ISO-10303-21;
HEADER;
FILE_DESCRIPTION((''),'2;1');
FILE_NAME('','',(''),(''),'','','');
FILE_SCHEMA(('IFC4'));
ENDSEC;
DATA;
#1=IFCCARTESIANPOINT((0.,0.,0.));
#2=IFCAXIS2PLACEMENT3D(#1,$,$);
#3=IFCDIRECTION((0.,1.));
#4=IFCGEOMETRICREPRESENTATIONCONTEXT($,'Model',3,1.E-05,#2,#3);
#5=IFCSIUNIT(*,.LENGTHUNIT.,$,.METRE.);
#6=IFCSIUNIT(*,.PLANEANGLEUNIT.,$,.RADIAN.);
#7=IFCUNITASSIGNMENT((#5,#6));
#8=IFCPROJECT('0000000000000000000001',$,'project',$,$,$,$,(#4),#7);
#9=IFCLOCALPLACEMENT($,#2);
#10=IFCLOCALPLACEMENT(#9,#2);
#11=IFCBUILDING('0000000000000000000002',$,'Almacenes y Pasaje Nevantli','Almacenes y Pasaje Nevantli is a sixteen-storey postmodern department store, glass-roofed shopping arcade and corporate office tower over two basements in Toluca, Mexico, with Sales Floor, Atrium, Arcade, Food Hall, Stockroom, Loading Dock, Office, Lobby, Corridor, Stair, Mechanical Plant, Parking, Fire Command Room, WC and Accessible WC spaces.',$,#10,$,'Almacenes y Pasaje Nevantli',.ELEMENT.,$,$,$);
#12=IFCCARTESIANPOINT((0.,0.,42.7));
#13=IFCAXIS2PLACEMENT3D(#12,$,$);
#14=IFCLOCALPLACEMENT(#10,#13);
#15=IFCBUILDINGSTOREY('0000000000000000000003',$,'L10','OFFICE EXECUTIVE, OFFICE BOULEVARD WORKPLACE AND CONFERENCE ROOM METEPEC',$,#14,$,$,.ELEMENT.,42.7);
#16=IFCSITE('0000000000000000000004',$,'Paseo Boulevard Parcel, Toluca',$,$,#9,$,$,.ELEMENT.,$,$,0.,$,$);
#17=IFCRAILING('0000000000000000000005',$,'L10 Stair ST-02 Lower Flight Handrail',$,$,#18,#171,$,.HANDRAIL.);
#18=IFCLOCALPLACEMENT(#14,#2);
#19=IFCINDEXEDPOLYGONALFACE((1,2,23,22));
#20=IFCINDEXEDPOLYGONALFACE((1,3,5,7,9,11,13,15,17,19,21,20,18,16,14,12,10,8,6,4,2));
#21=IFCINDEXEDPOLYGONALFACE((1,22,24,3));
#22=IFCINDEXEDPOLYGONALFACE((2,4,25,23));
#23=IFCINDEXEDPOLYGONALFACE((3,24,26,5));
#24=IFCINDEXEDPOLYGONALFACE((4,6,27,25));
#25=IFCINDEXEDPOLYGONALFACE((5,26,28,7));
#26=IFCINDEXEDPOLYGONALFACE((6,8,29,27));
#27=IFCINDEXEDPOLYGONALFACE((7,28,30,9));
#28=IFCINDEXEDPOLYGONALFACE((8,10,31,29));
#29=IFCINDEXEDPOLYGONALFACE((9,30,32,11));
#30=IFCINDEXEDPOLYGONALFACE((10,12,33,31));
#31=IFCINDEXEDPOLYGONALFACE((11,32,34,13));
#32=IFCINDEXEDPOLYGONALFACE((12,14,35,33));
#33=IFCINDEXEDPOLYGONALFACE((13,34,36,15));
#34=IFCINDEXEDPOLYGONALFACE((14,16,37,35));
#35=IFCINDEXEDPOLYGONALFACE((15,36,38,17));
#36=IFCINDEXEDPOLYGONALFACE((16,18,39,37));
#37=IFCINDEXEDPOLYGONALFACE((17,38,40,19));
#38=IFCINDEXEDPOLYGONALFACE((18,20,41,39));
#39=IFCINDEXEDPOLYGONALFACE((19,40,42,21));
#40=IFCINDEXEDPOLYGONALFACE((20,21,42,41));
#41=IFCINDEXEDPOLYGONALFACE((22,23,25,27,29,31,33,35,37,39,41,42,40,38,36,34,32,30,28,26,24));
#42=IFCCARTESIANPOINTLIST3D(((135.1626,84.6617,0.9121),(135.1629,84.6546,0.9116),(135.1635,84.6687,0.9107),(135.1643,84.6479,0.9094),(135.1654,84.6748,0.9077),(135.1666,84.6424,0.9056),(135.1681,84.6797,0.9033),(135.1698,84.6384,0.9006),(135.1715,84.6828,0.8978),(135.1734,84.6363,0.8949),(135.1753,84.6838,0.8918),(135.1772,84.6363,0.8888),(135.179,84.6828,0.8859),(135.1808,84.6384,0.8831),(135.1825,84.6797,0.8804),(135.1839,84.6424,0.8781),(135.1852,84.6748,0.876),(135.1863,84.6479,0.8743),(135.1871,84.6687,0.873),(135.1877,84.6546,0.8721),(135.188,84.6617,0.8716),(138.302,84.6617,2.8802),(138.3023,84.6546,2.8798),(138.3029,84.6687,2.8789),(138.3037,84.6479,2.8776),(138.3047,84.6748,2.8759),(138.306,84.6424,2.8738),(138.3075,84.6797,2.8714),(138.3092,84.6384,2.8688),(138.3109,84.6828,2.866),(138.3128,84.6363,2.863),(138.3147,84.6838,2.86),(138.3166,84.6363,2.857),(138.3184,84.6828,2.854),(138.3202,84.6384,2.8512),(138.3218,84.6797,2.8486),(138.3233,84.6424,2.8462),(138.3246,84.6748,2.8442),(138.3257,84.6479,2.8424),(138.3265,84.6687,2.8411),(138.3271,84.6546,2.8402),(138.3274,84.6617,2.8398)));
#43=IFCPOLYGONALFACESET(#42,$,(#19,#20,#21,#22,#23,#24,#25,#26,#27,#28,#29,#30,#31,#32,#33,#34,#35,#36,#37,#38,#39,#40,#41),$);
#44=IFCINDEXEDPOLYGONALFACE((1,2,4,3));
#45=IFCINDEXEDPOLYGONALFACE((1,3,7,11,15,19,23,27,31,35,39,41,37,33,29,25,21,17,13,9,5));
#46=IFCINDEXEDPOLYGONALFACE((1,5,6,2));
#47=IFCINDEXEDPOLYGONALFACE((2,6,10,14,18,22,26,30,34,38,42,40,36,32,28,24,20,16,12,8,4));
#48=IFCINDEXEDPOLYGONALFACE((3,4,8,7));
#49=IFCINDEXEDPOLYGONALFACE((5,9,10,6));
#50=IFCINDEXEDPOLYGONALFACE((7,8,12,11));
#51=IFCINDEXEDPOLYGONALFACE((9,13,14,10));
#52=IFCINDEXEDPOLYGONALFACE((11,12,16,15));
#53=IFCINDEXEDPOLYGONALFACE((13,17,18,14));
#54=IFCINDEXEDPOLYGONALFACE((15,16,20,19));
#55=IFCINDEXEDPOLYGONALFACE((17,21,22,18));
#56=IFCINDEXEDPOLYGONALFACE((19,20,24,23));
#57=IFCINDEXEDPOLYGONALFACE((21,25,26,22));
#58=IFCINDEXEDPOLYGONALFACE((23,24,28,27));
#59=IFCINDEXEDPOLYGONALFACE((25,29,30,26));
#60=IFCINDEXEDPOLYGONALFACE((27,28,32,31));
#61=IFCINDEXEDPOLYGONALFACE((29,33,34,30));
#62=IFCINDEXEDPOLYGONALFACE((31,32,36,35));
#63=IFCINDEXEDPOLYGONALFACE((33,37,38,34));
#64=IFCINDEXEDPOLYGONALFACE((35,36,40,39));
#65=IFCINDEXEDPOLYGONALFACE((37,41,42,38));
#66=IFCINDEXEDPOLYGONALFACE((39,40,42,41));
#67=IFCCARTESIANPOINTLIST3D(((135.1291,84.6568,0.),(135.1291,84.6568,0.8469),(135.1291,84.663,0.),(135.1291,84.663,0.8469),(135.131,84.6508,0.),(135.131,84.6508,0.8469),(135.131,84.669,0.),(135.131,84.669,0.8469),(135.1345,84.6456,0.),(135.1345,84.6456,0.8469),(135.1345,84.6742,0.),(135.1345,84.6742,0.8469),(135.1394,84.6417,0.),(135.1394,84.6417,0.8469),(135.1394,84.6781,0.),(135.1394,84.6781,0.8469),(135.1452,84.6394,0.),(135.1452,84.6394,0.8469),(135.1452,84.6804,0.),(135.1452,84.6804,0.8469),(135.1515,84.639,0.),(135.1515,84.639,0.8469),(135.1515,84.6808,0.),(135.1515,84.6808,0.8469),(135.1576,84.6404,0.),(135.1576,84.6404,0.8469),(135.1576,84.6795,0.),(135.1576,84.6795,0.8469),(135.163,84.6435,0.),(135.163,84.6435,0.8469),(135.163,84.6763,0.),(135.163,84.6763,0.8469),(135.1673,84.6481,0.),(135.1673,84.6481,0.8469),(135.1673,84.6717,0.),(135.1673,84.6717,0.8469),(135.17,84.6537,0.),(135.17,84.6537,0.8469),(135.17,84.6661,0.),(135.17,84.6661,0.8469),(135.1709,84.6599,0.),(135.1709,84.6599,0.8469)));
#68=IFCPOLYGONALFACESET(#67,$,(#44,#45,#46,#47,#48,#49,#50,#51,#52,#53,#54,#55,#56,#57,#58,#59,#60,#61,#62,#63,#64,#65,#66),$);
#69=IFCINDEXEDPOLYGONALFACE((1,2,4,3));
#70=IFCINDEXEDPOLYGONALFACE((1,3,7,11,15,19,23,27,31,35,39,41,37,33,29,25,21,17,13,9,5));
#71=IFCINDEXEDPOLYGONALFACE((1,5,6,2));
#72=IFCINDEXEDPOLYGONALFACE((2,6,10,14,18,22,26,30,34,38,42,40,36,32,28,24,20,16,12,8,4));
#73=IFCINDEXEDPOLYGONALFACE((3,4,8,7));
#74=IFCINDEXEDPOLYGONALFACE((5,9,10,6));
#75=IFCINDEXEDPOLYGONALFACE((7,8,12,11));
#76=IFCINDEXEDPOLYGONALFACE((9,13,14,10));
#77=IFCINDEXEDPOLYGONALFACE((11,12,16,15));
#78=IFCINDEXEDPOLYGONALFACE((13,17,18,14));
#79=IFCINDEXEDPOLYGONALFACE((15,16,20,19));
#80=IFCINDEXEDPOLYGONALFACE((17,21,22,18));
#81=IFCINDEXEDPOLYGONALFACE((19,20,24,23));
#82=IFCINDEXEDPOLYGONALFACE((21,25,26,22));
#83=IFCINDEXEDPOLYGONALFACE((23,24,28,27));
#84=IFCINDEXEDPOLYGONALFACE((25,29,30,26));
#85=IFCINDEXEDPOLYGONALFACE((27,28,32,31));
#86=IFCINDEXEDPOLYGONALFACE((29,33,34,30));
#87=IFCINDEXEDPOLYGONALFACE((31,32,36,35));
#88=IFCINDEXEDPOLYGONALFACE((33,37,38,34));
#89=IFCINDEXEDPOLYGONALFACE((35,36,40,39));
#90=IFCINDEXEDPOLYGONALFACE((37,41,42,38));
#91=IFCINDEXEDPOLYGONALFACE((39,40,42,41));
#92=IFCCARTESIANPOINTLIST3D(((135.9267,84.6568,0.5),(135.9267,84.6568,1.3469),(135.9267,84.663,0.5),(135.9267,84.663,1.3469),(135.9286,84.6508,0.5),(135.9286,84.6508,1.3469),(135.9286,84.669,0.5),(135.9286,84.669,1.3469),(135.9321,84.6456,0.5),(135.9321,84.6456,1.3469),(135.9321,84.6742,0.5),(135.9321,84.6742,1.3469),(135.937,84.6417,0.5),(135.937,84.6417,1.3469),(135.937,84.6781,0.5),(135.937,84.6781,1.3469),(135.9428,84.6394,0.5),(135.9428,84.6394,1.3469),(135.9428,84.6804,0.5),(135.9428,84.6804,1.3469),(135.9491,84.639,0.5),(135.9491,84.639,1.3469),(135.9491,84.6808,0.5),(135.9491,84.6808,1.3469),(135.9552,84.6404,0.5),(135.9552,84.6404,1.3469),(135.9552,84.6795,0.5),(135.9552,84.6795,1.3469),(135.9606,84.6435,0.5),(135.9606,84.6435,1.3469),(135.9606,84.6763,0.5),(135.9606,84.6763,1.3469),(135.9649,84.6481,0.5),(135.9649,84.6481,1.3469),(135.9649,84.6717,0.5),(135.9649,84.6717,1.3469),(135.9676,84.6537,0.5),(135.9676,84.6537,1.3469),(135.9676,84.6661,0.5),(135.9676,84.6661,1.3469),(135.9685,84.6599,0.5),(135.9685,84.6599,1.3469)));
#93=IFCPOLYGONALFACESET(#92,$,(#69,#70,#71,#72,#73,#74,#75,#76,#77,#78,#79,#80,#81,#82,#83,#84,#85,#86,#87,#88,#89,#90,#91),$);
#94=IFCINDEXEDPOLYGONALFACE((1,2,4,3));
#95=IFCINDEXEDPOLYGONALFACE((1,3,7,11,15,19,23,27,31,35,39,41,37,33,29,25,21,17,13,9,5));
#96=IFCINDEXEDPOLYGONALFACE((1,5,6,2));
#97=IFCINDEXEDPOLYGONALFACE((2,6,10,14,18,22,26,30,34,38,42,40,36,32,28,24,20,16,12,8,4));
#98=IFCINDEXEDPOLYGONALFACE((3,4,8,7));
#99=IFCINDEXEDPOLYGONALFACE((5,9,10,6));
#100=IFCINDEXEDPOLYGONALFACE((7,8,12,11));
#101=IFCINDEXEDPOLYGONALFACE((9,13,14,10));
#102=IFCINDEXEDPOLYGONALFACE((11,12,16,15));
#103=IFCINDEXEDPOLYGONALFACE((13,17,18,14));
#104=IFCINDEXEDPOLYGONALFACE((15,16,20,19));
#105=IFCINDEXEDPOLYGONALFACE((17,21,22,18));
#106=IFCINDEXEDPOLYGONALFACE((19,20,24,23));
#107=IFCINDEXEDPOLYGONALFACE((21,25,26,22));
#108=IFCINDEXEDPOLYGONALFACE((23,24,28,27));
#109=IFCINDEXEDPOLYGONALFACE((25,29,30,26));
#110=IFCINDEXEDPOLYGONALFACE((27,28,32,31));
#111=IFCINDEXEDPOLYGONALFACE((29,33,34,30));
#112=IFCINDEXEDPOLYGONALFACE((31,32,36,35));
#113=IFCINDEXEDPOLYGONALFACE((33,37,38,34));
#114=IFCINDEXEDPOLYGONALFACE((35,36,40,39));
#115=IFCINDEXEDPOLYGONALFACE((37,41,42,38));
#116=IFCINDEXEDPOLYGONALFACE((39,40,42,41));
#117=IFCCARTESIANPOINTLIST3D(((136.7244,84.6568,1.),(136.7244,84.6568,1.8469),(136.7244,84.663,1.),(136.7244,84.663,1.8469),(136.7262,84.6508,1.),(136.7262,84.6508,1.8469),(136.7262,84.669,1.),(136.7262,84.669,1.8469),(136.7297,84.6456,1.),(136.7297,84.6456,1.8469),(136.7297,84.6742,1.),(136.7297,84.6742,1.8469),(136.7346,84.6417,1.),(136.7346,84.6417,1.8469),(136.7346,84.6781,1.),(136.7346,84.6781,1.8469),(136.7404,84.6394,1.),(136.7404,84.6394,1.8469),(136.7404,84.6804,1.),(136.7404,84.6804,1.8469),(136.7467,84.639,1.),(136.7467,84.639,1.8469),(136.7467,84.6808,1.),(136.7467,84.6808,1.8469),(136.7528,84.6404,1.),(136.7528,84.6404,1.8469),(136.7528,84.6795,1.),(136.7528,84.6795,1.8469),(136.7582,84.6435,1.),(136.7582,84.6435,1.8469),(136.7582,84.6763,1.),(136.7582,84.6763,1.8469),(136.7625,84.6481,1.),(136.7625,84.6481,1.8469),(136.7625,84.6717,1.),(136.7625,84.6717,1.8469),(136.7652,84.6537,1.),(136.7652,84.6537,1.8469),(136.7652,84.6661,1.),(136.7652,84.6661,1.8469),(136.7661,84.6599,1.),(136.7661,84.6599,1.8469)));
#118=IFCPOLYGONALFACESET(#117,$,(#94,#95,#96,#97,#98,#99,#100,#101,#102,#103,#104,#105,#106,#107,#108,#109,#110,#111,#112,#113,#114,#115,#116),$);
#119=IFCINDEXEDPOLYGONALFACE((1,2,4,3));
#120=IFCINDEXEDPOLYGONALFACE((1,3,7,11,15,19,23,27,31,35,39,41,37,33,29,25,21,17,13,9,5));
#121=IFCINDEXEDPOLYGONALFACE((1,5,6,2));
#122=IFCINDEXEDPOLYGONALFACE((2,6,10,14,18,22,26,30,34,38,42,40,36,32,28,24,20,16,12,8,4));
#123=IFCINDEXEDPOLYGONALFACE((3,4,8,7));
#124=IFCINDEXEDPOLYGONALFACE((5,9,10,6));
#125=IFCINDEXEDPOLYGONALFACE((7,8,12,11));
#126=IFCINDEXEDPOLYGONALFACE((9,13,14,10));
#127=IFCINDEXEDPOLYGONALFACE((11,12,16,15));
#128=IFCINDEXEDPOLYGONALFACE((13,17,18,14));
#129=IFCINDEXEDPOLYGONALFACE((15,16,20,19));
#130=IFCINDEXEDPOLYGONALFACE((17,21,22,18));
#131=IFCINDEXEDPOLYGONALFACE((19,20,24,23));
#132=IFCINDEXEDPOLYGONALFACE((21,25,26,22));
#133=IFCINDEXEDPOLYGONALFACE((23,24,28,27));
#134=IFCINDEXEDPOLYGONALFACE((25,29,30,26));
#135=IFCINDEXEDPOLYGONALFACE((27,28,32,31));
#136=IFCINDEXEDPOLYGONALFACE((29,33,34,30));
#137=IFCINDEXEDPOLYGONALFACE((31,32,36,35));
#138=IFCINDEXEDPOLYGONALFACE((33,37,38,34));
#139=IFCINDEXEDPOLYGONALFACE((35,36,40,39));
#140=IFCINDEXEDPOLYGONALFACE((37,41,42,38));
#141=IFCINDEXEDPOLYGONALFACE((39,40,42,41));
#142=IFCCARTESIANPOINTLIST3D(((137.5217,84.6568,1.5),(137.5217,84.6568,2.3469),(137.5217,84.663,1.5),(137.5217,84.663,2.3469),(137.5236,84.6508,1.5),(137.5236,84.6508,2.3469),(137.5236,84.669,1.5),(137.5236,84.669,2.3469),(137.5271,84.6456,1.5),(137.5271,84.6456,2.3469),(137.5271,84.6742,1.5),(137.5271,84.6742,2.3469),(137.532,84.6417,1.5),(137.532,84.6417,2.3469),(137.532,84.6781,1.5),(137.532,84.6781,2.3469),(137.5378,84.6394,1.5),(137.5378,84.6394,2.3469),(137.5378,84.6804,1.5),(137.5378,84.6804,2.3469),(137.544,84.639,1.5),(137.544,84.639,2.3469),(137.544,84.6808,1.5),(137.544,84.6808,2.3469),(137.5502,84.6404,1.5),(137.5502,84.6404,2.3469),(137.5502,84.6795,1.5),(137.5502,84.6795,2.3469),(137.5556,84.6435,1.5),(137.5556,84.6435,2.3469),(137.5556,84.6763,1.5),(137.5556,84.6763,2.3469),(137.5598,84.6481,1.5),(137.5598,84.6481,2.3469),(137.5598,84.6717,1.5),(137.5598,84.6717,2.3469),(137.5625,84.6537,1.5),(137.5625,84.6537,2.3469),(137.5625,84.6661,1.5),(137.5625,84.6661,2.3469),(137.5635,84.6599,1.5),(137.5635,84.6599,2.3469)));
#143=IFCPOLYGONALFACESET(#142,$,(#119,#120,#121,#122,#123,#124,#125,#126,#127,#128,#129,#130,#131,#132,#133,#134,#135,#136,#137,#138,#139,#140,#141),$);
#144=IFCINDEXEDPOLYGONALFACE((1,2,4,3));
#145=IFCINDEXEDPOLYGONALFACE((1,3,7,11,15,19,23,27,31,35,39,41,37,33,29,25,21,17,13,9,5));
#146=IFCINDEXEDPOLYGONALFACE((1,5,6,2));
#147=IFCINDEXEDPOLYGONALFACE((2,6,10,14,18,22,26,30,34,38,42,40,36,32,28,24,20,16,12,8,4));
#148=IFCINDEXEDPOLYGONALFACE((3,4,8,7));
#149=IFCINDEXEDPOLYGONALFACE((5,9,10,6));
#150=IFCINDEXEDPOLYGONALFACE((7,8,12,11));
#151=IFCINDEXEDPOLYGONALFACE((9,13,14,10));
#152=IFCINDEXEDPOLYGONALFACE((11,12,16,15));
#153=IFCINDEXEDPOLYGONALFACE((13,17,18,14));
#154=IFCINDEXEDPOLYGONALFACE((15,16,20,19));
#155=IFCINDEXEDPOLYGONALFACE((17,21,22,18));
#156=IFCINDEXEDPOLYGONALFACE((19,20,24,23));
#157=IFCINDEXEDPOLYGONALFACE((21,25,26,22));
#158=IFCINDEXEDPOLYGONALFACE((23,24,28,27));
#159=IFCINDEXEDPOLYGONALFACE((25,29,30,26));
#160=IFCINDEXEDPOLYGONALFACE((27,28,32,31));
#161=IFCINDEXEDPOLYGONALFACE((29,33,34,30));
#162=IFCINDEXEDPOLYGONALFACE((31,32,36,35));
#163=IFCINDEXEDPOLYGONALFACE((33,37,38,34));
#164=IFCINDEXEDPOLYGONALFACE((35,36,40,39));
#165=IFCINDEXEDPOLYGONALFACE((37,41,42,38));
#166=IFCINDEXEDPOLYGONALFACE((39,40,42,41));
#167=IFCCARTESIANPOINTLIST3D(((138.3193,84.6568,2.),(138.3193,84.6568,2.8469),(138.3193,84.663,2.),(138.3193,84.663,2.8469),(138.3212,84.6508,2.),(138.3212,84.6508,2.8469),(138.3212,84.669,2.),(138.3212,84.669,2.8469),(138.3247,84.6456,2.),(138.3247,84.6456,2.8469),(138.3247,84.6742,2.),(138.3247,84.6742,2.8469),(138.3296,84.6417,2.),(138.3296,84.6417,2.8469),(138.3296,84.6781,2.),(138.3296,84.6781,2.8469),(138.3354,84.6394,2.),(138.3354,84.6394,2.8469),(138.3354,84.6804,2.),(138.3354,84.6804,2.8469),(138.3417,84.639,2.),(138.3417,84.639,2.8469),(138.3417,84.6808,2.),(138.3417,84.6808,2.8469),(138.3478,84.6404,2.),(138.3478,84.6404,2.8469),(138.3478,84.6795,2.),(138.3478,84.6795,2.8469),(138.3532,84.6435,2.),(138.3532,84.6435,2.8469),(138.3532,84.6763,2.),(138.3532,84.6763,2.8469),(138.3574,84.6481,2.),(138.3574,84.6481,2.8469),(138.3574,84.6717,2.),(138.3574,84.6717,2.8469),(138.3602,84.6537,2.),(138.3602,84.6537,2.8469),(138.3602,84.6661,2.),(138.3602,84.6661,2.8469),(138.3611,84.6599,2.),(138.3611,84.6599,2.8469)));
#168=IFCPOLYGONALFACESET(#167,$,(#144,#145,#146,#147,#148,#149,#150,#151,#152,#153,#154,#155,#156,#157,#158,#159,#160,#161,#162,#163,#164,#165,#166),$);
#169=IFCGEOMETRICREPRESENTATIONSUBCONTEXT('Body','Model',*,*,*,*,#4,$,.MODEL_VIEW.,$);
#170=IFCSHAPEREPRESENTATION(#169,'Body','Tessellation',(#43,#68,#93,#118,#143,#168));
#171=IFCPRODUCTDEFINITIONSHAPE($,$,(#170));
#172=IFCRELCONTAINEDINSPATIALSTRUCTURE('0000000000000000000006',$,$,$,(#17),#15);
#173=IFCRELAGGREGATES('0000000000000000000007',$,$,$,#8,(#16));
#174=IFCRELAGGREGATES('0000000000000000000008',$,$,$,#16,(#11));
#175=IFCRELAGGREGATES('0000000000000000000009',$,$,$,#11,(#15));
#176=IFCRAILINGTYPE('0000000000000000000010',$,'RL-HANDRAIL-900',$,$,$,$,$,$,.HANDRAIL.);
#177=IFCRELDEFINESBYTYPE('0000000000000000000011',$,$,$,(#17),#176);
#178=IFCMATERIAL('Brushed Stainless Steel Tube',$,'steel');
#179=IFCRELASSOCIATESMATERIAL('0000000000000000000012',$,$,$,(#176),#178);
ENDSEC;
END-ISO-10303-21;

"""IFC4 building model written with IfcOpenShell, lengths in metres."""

from ifc_helpers import new_model, si_unit, direction, frame, origin, origin_2d, place, context, subcontext, project, spatial, circle, extrude, material, type_object, element, save


model = new_model("IFC4")

# Units and contexts
model_context = context("Model", 3, precision=1e-05, world=origin(), true_north=direction((0.0, 1.0)))
body_context = subcontext(model_context, "Body", "Model", "MODEL_VIEW")
ifc_project = project(units=[si_unit("LENGTHUNIT", "METRE"), si_unit("PLANEANGLEUNIT", "RADIAN")], contexts=[model_context])

# Site, building, storey
site_placement = place(None, origin())
site = spatial("IfcSite", under=ifc_project, at=site_placement, Name="Paseo Boulevard Parcel, Toluca", CompositionType="ELEMENT", RefElevation=0.0)
building_placement = place(site_placement, origin())
building = spatial("IfcBuilding", under=site, at=building_placement, Name="Almacenes y Pasaje Nevantli", Description="Almacenes y Pasaje Nevantli is a sixteen-storey postmodern department store, glass-roofed shopping arcade and corporate office tower over two basements in Toluca, Mexico, with Sales Floor, Atrium, Arcade, Food Hall, Stockroom, Loading Dock, Office, Lobby, Corridor, Stair, Mechanical Plant, Parking, Fire Command Room, WC and Accessible WC spaces.", LongName="Almacenes y Pasaje Nevantli", CompositionType="ELEMENT")
storey_placement = place(building_placement, frame((0.0, 0.0, 42.7)))
storey = spatial("IfcBuildingStorey", under=building, at=storey_placement, Name="L10", Description="OFFICE EXECUTIVE, OFFICE BOULEVARD WORKPLACE AND CONFERENCE ROOM METEPEC", CompositionType="ELEMENT", Elevation=42.7)

# Railing
ifc_material_1 = material(Name="Brushed Stainless Steel Tube", Category="steel")
railing_type_1 = type_object("IfcRailingType", Name="RL-HANDRAIL-900", PredefinedType="HANDRAIL", material=ifc_material_1)
railing_1_placement = place(storey_placement, frame((135.1499, 84.6599, 0.0)))
element("IfcRailing", 1, at=railing_1_placement, inside=storey, type_object=railing_type_1, Name="L10 Stair ST-02 Lower Flight Handrail", PredefinedType="HANDRAIL", context=body_context, shape_type="SweptSolid", body=[
    extrude(circle(Radius=0.0239, at=origin_2d()), frame((0.0254, 0.0, 0.8918), z_axis=(0.847265, 0.0, 0.53117), x_axis=(0.0, 1.0, 0.0)), (0.0, 0.0, 1.0), 3.7053),
    extrude(circle(Radius=0.021, at=origin_2d()), origin(), (0.0, 0.0, 1.0), 0.8469),
    extrude(circle(Radius=0.021, at=origin_2d()), frame((0.7976, 0.0, 0.5)), (0.0, 0.0, 1.0), 0.8469),
    extrude(circle(Radius=0.021, at=origin_2d()), frame((1.5952, 0.0, 1.0)), (0.0, 0.0, 1.0), 0.8469),
    extrude(circle(Radius=0.021, at=origin_2d()), frame((2.3926, 0.0, 1.5)), (0.0, 0.0, 1.0), 0.8469),
    extrude(circle(Radius=0.021, at=origin_2d()), frame((3.1902, 0.0, 2.0)), (0.0, 0.0, 1.0), 0.8469),
])

save(model, "model.ifc")
